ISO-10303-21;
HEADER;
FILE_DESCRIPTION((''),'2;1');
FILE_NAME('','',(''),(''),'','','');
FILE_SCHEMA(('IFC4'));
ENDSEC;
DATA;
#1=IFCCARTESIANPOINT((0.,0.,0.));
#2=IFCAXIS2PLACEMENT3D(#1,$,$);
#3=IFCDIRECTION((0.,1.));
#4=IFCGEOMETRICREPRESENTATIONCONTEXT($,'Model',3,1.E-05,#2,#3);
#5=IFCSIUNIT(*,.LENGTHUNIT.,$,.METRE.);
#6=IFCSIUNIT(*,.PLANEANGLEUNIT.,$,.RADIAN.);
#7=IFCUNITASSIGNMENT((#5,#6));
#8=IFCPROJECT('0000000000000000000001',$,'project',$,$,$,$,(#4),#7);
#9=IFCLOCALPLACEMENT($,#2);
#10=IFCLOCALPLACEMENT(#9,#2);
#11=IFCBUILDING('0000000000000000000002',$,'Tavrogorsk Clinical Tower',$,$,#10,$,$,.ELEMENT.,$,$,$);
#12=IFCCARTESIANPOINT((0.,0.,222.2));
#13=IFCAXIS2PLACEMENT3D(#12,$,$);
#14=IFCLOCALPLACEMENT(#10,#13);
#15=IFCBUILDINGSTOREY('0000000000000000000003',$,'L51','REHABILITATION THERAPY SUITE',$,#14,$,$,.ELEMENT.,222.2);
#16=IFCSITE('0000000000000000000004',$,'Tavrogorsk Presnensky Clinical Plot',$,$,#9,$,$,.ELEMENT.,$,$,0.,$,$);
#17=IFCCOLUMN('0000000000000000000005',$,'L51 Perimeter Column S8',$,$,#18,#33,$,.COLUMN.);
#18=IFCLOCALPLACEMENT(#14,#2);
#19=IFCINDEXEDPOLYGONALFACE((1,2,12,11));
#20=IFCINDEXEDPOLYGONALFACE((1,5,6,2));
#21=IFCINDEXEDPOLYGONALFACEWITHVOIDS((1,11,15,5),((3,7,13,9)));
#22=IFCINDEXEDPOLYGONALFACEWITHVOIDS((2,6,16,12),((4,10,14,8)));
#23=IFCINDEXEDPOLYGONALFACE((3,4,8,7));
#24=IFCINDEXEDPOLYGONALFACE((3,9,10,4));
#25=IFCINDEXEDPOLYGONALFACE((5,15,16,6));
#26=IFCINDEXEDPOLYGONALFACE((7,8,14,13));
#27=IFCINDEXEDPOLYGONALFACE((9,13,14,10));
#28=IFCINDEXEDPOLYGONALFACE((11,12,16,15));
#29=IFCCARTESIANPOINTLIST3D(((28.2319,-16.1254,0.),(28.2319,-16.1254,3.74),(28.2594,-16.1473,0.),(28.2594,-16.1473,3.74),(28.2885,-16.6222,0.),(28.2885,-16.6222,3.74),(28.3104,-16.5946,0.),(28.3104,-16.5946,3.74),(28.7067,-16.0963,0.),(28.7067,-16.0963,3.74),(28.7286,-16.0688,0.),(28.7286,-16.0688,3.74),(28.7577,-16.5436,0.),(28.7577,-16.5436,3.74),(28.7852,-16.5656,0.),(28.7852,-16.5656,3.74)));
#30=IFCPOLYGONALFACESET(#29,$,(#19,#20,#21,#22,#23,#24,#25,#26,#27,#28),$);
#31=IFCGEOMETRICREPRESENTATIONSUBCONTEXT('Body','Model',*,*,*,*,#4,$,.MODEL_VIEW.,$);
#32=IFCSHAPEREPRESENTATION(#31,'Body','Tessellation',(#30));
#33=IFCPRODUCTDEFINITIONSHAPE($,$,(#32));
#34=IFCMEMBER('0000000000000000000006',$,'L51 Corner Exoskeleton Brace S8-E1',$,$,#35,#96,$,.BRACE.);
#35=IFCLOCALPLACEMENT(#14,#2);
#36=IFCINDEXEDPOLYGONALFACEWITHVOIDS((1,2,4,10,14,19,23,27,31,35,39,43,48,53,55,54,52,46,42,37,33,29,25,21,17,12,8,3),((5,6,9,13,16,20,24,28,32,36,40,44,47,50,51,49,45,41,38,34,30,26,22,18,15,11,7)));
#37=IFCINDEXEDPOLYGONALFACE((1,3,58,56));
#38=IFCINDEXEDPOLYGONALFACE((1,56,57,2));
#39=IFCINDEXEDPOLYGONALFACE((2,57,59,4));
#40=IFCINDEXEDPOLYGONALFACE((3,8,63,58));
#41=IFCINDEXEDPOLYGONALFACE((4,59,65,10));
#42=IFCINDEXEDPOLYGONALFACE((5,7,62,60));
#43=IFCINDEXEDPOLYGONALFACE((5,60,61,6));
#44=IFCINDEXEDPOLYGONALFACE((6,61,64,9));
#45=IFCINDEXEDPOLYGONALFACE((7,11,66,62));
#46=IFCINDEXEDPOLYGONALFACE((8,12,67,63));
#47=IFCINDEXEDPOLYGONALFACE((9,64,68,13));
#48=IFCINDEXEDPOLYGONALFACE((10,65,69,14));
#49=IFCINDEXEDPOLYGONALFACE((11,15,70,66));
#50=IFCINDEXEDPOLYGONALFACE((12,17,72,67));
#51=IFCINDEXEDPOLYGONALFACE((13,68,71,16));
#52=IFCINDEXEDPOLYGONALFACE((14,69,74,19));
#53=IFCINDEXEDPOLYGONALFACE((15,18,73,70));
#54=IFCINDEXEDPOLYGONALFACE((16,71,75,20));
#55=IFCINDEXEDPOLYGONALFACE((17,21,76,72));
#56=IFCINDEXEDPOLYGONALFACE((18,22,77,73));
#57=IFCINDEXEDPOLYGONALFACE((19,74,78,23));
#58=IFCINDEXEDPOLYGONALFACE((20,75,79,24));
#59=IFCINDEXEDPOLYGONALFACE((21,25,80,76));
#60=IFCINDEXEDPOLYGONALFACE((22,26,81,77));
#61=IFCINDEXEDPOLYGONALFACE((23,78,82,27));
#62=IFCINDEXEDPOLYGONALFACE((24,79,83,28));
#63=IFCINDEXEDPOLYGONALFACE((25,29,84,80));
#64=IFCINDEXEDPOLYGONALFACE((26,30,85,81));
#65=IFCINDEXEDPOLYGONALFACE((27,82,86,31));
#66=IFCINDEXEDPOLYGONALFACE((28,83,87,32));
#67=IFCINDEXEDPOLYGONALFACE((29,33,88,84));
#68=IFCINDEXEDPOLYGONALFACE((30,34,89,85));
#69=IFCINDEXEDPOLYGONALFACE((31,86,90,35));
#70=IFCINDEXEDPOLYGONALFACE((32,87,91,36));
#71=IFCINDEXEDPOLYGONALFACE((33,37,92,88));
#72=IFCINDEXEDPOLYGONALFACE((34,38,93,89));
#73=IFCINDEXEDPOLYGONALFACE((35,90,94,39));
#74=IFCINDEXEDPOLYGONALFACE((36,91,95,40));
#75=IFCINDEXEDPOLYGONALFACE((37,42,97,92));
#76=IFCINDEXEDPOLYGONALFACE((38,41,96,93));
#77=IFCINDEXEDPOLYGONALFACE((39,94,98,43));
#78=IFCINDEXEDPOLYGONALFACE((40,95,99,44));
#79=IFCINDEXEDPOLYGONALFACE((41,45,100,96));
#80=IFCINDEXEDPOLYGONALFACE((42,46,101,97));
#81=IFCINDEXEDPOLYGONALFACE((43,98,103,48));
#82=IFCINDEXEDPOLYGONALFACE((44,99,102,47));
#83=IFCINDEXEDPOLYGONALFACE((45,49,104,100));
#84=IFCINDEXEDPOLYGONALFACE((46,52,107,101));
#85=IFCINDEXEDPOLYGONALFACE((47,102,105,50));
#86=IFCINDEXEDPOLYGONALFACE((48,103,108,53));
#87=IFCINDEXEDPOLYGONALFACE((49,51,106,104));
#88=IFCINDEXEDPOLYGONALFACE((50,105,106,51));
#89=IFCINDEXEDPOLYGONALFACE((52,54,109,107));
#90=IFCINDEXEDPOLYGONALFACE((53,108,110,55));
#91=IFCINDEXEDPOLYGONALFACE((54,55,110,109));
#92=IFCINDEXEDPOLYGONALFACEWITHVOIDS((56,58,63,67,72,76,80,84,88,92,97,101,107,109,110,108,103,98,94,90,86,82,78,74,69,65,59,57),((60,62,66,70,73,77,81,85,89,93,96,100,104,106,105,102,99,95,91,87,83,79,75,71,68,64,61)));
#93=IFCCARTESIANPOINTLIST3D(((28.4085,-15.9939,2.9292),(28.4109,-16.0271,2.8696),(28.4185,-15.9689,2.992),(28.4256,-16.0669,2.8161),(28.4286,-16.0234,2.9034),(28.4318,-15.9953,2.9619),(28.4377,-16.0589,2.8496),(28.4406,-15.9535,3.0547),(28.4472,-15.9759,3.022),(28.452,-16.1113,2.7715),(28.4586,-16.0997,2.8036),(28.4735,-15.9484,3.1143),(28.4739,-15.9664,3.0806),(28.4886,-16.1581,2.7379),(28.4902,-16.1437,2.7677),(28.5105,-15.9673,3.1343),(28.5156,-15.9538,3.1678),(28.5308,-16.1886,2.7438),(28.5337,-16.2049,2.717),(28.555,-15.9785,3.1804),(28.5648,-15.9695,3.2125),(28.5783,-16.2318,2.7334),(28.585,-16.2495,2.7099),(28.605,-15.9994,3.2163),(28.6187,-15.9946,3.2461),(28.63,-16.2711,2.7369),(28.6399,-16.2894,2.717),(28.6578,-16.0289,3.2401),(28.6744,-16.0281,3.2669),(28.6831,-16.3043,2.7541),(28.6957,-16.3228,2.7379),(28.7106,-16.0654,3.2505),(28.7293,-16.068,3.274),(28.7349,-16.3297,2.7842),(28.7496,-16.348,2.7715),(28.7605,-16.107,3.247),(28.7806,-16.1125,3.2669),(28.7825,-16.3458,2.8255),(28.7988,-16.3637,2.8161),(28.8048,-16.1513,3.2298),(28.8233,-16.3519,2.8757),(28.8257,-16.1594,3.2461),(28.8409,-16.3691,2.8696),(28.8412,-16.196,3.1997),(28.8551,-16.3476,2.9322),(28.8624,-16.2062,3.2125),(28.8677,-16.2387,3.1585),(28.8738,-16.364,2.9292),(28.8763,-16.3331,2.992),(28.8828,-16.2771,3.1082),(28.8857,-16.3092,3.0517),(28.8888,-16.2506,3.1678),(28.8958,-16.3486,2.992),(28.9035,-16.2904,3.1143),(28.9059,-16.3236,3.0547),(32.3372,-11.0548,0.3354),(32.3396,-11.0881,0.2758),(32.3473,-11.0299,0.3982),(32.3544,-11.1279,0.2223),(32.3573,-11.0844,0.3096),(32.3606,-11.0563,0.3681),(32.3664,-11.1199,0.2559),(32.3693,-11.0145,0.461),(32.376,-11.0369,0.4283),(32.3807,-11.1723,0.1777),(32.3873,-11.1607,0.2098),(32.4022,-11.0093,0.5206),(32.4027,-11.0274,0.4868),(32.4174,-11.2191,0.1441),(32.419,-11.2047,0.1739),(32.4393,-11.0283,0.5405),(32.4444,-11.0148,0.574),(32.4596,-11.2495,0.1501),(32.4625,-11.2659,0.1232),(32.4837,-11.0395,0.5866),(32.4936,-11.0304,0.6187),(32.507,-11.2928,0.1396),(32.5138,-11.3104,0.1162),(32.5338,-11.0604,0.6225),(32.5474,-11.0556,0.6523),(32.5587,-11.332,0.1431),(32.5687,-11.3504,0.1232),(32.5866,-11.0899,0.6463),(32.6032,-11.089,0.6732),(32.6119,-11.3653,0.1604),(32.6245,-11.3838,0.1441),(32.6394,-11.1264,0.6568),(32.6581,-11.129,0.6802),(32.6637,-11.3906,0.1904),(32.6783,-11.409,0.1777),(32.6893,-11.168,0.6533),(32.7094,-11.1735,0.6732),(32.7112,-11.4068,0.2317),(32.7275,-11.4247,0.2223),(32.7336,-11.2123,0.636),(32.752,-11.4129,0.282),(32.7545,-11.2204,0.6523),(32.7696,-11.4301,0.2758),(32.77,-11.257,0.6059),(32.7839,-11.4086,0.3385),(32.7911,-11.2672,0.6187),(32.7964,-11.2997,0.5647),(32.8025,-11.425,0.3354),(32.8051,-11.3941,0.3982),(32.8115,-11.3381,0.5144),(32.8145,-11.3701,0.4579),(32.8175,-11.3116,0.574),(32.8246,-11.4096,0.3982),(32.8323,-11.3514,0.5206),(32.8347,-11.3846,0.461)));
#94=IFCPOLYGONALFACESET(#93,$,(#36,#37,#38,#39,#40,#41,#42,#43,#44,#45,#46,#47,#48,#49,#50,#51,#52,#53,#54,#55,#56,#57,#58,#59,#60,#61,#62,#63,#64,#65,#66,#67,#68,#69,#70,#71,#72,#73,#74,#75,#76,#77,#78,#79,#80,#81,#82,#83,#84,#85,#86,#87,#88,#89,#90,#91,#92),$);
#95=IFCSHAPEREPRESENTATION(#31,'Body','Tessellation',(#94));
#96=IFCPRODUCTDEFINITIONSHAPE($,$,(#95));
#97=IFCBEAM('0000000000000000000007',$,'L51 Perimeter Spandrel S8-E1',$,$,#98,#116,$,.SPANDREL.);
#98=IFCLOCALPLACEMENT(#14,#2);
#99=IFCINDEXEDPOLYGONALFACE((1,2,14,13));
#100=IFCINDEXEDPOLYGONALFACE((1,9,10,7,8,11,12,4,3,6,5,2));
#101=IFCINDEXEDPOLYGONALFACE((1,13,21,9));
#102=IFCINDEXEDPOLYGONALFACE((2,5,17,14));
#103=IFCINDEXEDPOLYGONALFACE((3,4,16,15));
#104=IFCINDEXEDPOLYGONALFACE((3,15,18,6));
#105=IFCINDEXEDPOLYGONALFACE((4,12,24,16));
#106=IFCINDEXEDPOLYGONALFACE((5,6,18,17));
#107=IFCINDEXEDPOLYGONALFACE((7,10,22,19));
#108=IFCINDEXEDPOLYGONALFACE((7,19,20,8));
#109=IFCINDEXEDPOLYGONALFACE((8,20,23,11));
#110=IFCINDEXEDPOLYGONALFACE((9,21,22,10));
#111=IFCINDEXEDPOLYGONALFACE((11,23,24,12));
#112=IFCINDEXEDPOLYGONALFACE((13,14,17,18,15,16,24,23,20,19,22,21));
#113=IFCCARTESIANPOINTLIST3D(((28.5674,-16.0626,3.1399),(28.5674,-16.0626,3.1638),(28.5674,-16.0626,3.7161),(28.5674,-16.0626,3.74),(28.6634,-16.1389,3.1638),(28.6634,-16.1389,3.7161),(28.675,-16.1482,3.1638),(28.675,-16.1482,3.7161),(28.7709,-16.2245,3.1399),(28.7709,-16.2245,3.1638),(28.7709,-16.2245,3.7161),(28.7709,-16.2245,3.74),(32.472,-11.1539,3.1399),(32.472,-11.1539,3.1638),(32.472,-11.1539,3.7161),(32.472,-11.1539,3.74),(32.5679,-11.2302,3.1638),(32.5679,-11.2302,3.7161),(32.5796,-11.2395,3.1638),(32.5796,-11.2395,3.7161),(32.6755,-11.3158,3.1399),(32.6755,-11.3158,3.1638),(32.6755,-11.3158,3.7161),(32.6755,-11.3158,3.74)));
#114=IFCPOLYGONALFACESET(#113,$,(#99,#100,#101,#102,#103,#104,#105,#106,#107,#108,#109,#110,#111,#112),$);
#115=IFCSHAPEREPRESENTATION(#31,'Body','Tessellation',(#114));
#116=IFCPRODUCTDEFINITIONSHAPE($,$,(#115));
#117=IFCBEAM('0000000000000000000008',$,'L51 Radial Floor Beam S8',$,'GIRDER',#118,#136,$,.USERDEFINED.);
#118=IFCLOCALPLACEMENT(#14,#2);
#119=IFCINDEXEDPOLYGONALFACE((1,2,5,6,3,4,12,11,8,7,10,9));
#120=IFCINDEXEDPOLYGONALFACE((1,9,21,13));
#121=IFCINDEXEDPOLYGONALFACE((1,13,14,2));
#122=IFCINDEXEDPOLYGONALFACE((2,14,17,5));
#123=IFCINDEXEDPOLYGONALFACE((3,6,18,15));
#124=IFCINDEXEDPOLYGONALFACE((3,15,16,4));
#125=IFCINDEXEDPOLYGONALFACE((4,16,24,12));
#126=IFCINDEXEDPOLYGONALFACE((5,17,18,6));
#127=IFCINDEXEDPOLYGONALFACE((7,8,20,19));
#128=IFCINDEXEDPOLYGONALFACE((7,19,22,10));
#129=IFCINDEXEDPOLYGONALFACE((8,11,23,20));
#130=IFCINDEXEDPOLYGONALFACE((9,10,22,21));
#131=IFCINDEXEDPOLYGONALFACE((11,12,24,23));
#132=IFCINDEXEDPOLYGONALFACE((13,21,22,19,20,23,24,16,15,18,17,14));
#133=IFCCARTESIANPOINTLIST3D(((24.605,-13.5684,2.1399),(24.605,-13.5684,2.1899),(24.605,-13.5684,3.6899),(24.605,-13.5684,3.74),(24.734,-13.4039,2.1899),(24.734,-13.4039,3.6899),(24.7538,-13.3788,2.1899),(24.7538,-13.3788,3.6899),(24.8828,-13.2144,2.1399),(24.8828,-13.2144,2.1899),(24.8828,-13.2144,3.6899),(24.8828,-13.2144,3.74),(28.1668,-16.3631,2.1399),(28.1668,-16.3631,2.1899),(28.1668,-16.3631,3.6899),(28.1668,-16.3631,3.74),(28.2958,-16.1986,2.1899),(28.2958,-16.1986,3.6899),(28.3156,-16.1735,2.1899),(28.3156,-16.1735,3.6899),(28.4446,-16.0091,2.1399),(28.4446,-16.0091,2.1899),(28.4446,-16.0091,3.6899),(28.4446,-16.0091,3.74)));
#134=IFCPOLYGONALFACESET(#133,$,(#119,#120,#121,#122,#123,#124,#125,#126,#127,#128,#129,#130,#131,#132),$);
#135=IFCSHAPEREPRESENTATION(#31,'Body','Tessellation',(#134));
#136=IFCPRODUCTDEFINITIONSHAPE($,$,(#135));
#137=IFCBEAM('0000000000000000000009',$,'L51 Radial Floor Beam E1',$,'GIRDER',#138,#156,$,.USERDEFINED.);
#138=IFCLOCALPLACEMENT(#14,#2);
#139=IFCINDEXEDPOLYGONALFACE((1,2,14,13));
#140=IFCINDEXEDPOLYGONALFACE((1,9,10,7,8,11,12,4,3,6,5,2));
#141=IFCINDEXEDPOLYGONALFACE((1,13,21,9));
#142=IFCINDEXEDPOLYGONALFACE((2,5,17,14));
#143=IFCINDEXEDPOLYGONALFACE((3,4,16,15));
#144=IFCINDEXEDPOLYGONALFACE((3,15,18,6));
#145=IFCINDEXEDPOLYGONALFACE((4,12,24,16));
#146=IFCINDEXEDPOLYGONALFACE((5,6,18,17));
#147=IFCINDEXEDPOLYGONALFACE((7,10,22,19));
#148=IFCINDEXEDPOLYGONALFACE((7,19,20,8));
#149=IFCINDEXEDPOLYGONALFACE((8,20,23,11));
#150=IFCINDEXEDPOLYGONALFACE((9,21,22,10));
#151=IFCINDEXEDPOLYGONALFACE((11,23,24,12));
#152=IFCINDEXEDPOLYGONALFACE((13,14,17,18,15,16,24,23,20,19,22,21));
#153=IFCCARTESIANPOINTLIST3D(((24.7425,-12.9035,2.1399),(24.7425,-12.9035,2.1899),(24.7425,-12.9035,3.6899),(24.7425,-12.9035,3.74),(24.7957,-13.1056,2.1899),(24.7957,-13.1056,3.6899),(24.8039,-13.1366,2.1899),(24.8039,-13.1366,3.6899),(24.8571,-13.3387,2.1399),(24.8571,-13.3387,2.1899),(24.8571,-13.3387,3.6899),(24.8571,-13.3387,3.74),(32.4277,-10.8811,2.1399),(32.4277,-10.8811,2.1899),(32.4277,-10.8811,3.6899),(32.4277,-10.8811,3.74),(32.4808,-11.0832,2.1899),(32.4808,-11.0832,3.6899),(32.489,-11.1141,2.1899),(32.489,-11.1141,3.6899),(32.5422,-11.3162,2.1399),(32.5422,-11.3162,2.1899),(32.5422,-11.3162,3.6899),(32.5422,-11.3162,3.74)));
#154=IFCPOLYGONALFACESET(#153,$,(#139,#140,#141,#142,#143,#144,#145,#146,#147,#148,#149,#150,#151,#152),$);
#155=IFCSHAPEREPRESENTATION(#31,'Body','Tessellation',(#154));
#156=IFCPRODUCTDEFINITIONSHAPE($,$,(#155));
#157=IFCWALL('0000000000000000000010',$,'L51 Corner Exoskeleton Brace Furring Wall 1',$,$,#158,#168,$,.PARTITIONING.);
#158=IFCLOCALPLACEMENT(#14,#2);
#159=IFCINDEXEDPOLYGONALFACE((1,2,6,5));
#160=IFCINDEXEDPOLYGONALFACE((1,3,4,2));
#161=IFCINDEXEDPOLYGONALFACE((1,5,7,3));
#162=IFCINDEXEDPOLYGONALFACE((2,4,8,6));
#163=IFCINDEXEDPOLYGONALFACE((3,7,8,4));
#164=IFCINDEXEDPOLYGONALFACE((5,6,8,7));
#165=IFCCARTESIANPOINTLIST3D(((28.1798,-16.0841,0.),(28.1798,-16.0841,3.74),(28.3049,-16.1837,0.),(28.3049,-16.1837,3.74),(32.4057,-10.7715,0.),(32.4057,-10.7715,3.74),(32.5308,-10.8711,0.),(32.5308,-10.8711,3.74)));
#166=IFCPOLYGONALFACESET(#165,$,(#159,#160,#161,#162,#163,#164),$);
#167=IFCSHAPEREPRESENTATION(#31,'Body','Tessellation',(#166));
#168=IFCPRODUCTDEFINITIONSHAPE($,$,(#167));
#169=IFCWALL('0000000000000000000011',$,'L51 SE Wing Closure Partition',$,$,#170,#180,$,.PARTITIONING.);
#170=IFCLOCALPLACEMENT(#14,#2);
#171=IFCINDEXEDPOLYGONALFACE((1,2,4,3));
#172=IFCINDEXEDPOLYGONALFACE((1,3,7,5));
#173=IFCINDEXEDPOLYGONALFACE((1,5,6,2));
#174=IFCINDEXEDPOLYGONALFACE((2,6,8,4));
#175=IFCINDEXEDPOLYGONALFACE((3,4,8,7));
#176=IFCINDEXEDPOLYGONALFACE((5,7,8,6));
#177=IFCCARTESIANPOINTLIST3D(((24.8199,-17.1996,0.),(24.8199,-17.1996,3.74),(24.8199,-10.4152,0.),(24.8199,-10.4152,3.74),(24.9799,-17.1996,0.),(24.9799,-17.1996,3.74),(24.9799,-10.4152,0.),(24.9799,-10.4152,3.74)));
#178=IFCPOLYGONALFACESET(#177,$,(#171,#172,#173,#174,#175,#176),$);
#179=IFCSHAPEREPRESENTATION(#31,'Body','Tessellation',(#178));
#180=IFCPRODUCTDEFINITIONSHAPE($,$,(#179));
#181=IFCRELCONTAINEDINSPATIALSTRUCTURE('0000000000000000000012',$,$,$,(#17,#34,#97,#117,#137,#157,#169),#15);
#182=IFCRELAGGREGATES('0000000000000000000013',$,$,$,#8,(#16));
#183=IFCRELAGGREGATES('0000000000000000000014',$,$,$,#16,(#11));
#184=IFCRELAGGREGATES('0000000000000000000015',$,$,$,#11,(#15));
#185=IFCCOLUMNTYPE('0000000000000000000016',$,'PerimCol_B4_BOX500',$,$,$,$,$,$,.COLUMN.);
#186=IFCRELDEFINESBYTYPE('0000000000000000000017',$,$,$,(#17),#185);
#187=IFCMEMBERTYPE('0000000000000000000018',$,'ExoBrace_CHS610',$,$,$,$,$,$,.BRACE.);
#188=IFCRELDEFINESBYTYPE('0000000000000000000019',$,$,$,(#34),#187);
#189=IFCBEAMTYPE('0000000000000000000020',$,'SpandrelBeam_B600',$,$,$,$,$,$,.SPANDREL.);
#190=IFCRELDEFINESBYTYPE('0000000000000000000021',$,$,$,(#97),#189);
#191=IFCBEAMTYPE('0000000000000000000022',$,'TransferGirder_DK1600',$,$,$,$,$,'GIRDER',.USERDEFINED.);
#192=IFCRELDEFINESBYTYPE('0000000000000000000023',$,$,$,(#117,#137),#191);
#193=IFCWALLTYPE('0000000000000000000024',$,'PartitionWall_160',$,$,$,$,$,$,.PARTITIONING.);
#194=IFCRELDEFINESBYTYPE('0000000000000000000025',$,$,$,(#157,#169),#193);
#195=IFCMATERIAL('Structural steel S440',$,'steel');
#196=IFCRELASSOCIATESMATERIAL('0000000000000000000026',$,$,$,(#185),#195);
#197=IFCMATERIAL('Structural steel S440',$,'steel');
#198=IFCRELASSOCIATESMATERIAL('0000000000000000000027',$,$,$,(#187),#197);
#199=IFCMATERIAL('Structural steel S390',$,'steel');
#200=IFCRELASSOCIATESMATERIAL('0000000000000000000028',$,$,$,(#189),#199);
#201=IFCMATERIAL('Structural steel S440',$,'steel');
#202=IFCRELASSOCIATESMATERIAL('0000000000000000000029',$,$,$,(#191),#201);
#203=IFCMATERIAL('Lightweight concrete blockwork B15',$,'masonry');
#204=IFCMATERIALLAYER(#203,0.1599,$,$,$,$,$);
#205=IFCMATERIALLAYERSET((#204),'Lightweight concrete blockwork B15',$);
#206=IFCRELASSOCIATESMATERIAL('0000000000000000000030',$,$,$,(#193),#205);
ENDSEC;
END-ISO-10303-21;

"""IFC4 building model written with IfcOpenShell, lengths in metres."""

from ifc_helpers import new_model, si_unit, direction, frame, frame_2d, origin, origin_2d, place, context, subcontext, project, spatial, rectangle, hollow_rectangle, hollow_circle, i_section, extrude, material, layer, layer_set, material_profile, profile_set, type_object, element, save


model = new_model("IFC4")

# Units and contexts
model_context = context("Model", 3, precision=1e-05, world=origin(), true_north=direction((0.0, 1.0)))
body_context = subcontext(model_context, "Body", "Model", "MODEL_VIEW")
ifc_project = project(units=[si_unit("LENGTHUNIT", "METRE"), si_unit("PLANEANGLEUNIT", "RADIAN")], contexts=[model_context])

# Site, building, storey
site_placement = place(None, origin())
site = spatial("IfcSite", under=ifc_project, at=site_placement, Name="Tavrogorsk Presnensky Clinical Plot", CompositionType="ELEMENT", RefElevation=0.0)
building_placement = place(site_placement, origin())
building = spatial("IfcBuilding", under=site, at=building_placement, Name="Tavrogorsk Clinical Tower", CompositionType="ELEMENT")
storey_placement = place(building_placement, frame((0.0, 0.0, 222.2)))
storey = spatial("IfcBuildingStorey", under=building, at=storey_placement, Name="L51", Description="REHABILITATION THERAPY SUITE", CompositionType="ELEMENT", Elevation=222.2)

# Column
ifc_material_1 = material(Name="Structural steel S440", Category="steel")
ifc_material_profile_1 = material_profile(ifc_material_1, hollow_rectangle(XDim=0.5, YDim=0.5, WallThickness=0.0249, at=origin_2d()), Name="BOX-500x500x25")
ifc_profile_set_1 = profile_set([ifc_material_profile_1], Name="Structural steel S440")
column_type = type_object("IfcColumnType", Name="PerimCol_B4_BOX500", PredefinedType="COLUMN", material=ifc_profile_set_1)
column_placement = place(storey_placement, frame((28.5085, -16.3455, 0.0), z_axis=(0.0, 0.0, 1.0), x_axis=(0.993572, 0.113203, 0.0)))
element("IfcColumn", 1, at=column_placement, inside=storey, type_object=column_type, Name="L51 Perimeter Column S8", PredefinedType="COLUMN", context=body_context, shape_type="SweptSolid", body=[
    extrude(hollow_rectangle(XDim=0.5, YDim=0.5, WallThickness=0.0249, at=origin_2d()), origin(), (0.0, 0.0, 1.0), 3.74),
])

# Member
ifc_material_2 = material(Name="Structural steel S440", Category="steel")
ifc_material_profile_2 = material_profile(ifc_material_2, hollow_circle(Radius=0.3049, WallThickness=0.0249, at=origin_2d()), Name="CHS-610x25")
ifc_profile_set_2 = profile_set([ifc_material_profile_2], Name="Structural steel S440")
member_type = type_object("IfcMemberType", Name="ExoBrace_CHS610", PredefinedType="BRACE", material=ifc_profile_set_2)
member_placement = place(storey_placement, frame((32.5859, -11.2197, 0.3982), z_axis=(-0.575789, -0.723852, 0.380138), x_axis=(0.782602, -0.622522, 0.0)))
element("IfcMember", 2, at=member_placement, inside=storey, type_object=member_type, Name="L51 Corner Exoskeleton Brace S8-E1", PredefinedType="BRACE", context=body_context, shape_type="SweptSolid", body=[
    extrude(hollow_circle(Radius=0.3049, WallThickness=0.0249, at=origin_2d()), origin(), (0.0, 0.0, 1.0), 6.8232),
])

# Beams
ifc_material_3 = material(Name="Structural steel S390", Category="steel")
ifc_material_profile_3 = material_profile(ifc_material_3, i_section(OverallWidth=0.26, OverallDepth=0.6001, WebThickness=0.0149, FlangeThickness=0.0239, at=origin_2d()), Name="B-600x260x15x24")
ifc_profile_set_3 = profile_set([ifc_material_profile_3], Name="Structural steel S390")
beam_type_1 = type_object("IfcBeamType", Name="SpandrelBeam_B600", PredefinedType="SPANDREL", material=ifc_profile_set_3)
beam_1_placement = place(storey_placement, frame((28.6692, -16.1436, 3.4399), z_axis=(0.622514, 0.782609, 0.0), x_axis=(-0.782609, 0.622514, 0.0)))
element("IfcBeam", 3, at=beam_1_placement, inside=storey, type_object=beam_type_1, Name="L51 Perimeter Spandrel S8-E1", PredefinedType="SPANDREL", context=body_context, shape_type="SweptSolid", body=[
    extrude(i_section(OverallWidth=0.26, OverallDepth=0.6001, WebThickness=0.0149, FlangeThickness=0.0239, at=origin_2d()), origin(), (0.0, 0.0, 1.0), 6.2722),
])
ifc_material_4 = material(Name="Structural steel S440", Category="steel")
ifc_material_profile_4 = material_profile(ifc_material_4, i_section(OverallWidth=0.45, OverallDepth=1.6001, WebThickness=0.032, FlangeThickness=0.05, at=origin_2d()), Name="DK-1600x450x32x50")
ifc_profile_set_4 = profile_set([ifc_material_profile_4], Name="Structural steel S440")
beam_type_2 = type_object("IfcBeamType", Name="TransferGirder_DK1600", ElementType="GIRDER", PredefinedType="USERDEFINED", material=ifc_profile_set_4)
beam_2_placement = place(storey_placement, frame((24.7439, -13.3914, 2.9399), z_axis=(0.786732, -0.617295, 0.0), x_axis=(0.617295, 0.786732, 0.0)))
element("IfcBeam", 4, at=beam_2_placement, inside=storey, type_object=beam_type_2, Name="L51 Radial Floor Beam S8", ObjectType="GIRDER", PredefinedType="USERDEFINED", context=body_context, shape_type="SweptSolid", body=[
    extrude(i_section(OverallWidth=0.45, OverallDepth=1.6001, WebThickness=0.032, FlangeThickness=0.05, at=origin_2d()), origin(), (0.0, 0.0, 1.0), 4.5273),
])
beam_3_placement = place(storey_placement, frame((24.7998, -13.1211, 2.9399), z_axis=(0.967072, 0.254502, 0.0), x_axis=(-0.254502, 0.967072, 0.0)))
element("IfcBeam", 5, at=beam_3_placement, inside=storey, type_object=beam_type_2, Name="L51 Radial Floor Beam E1", ObjectType="GIRDER", PredefinedType="USERDEFINED", context=body_context, shape_type="SweptSolid", body=[
    extrude(i_section(OverallWidth=0.45, OverallDepth=1.6001, WebThickness=0.032, FlangeThickness=0.05, at=origin_2d()), origin(), (0.0, 0.0, 1.0), 7.9468),
])

# Walls
ifc_material_5 = material(Name="Lightweight concrete blockwork B15", Category="masonry")
ifc_layer_1 = layer(ifc_material_5, 0.1599)
ifc_layer_set_1 = layer_set([ifc_layer_1], Name="Lightweight concrete blockwork B15")
wall_type_1 = type_object("IfcWallType", Name="PartitionWall_160", PredefinedType="PARTITIONING", material=ifc_layer_set_1)
wall_1_placement = place(storey_placement, frame((28.2424, -16.1338, 0.0), z_axis=(0.0, 0.0, 1.0), x_axis=(0.622522, 0.782603, 0.0)))
element("IfcWall", 6, at=wall_1_placement, inside=storey, type_object=wall_type_1, Name="L51 Corner Exoskeleton Brace Furring Wall 1", PredefinedType="PARTITIONING", context=body_context, shape_type="SweptSolid", body=[
    extrude(rectangle(XDim=6.7883, YDim=0.1599, at=frame_2d((3.394, 0.0))), origin(), (0.0, 0.0, 1.0), 3.74),
])
wall_2_placement = place(storey_placement, frame((24.8999, -17.1995, 0.0), z_axis=(0.0, 0.0, 1.0), x_axis=(0.0, 1.0, 0.0)))
element("IfcWall", 7, at=wall_2_placement, inside=storey, type_object=wall_type_1, Name="L51 SE Wing Closure Partition", PredefinedType="PARTITIONING", context=body_context, shape_type="SweptSolid", body=[
    extrude(rectangle(XDim=6.7844, YDim=0.1599, at=frame_2d((3.3921, 0.0))), origin(), (0.0, 0.0, 1.0), 3.74),
])

save(model, "model.ifc")
